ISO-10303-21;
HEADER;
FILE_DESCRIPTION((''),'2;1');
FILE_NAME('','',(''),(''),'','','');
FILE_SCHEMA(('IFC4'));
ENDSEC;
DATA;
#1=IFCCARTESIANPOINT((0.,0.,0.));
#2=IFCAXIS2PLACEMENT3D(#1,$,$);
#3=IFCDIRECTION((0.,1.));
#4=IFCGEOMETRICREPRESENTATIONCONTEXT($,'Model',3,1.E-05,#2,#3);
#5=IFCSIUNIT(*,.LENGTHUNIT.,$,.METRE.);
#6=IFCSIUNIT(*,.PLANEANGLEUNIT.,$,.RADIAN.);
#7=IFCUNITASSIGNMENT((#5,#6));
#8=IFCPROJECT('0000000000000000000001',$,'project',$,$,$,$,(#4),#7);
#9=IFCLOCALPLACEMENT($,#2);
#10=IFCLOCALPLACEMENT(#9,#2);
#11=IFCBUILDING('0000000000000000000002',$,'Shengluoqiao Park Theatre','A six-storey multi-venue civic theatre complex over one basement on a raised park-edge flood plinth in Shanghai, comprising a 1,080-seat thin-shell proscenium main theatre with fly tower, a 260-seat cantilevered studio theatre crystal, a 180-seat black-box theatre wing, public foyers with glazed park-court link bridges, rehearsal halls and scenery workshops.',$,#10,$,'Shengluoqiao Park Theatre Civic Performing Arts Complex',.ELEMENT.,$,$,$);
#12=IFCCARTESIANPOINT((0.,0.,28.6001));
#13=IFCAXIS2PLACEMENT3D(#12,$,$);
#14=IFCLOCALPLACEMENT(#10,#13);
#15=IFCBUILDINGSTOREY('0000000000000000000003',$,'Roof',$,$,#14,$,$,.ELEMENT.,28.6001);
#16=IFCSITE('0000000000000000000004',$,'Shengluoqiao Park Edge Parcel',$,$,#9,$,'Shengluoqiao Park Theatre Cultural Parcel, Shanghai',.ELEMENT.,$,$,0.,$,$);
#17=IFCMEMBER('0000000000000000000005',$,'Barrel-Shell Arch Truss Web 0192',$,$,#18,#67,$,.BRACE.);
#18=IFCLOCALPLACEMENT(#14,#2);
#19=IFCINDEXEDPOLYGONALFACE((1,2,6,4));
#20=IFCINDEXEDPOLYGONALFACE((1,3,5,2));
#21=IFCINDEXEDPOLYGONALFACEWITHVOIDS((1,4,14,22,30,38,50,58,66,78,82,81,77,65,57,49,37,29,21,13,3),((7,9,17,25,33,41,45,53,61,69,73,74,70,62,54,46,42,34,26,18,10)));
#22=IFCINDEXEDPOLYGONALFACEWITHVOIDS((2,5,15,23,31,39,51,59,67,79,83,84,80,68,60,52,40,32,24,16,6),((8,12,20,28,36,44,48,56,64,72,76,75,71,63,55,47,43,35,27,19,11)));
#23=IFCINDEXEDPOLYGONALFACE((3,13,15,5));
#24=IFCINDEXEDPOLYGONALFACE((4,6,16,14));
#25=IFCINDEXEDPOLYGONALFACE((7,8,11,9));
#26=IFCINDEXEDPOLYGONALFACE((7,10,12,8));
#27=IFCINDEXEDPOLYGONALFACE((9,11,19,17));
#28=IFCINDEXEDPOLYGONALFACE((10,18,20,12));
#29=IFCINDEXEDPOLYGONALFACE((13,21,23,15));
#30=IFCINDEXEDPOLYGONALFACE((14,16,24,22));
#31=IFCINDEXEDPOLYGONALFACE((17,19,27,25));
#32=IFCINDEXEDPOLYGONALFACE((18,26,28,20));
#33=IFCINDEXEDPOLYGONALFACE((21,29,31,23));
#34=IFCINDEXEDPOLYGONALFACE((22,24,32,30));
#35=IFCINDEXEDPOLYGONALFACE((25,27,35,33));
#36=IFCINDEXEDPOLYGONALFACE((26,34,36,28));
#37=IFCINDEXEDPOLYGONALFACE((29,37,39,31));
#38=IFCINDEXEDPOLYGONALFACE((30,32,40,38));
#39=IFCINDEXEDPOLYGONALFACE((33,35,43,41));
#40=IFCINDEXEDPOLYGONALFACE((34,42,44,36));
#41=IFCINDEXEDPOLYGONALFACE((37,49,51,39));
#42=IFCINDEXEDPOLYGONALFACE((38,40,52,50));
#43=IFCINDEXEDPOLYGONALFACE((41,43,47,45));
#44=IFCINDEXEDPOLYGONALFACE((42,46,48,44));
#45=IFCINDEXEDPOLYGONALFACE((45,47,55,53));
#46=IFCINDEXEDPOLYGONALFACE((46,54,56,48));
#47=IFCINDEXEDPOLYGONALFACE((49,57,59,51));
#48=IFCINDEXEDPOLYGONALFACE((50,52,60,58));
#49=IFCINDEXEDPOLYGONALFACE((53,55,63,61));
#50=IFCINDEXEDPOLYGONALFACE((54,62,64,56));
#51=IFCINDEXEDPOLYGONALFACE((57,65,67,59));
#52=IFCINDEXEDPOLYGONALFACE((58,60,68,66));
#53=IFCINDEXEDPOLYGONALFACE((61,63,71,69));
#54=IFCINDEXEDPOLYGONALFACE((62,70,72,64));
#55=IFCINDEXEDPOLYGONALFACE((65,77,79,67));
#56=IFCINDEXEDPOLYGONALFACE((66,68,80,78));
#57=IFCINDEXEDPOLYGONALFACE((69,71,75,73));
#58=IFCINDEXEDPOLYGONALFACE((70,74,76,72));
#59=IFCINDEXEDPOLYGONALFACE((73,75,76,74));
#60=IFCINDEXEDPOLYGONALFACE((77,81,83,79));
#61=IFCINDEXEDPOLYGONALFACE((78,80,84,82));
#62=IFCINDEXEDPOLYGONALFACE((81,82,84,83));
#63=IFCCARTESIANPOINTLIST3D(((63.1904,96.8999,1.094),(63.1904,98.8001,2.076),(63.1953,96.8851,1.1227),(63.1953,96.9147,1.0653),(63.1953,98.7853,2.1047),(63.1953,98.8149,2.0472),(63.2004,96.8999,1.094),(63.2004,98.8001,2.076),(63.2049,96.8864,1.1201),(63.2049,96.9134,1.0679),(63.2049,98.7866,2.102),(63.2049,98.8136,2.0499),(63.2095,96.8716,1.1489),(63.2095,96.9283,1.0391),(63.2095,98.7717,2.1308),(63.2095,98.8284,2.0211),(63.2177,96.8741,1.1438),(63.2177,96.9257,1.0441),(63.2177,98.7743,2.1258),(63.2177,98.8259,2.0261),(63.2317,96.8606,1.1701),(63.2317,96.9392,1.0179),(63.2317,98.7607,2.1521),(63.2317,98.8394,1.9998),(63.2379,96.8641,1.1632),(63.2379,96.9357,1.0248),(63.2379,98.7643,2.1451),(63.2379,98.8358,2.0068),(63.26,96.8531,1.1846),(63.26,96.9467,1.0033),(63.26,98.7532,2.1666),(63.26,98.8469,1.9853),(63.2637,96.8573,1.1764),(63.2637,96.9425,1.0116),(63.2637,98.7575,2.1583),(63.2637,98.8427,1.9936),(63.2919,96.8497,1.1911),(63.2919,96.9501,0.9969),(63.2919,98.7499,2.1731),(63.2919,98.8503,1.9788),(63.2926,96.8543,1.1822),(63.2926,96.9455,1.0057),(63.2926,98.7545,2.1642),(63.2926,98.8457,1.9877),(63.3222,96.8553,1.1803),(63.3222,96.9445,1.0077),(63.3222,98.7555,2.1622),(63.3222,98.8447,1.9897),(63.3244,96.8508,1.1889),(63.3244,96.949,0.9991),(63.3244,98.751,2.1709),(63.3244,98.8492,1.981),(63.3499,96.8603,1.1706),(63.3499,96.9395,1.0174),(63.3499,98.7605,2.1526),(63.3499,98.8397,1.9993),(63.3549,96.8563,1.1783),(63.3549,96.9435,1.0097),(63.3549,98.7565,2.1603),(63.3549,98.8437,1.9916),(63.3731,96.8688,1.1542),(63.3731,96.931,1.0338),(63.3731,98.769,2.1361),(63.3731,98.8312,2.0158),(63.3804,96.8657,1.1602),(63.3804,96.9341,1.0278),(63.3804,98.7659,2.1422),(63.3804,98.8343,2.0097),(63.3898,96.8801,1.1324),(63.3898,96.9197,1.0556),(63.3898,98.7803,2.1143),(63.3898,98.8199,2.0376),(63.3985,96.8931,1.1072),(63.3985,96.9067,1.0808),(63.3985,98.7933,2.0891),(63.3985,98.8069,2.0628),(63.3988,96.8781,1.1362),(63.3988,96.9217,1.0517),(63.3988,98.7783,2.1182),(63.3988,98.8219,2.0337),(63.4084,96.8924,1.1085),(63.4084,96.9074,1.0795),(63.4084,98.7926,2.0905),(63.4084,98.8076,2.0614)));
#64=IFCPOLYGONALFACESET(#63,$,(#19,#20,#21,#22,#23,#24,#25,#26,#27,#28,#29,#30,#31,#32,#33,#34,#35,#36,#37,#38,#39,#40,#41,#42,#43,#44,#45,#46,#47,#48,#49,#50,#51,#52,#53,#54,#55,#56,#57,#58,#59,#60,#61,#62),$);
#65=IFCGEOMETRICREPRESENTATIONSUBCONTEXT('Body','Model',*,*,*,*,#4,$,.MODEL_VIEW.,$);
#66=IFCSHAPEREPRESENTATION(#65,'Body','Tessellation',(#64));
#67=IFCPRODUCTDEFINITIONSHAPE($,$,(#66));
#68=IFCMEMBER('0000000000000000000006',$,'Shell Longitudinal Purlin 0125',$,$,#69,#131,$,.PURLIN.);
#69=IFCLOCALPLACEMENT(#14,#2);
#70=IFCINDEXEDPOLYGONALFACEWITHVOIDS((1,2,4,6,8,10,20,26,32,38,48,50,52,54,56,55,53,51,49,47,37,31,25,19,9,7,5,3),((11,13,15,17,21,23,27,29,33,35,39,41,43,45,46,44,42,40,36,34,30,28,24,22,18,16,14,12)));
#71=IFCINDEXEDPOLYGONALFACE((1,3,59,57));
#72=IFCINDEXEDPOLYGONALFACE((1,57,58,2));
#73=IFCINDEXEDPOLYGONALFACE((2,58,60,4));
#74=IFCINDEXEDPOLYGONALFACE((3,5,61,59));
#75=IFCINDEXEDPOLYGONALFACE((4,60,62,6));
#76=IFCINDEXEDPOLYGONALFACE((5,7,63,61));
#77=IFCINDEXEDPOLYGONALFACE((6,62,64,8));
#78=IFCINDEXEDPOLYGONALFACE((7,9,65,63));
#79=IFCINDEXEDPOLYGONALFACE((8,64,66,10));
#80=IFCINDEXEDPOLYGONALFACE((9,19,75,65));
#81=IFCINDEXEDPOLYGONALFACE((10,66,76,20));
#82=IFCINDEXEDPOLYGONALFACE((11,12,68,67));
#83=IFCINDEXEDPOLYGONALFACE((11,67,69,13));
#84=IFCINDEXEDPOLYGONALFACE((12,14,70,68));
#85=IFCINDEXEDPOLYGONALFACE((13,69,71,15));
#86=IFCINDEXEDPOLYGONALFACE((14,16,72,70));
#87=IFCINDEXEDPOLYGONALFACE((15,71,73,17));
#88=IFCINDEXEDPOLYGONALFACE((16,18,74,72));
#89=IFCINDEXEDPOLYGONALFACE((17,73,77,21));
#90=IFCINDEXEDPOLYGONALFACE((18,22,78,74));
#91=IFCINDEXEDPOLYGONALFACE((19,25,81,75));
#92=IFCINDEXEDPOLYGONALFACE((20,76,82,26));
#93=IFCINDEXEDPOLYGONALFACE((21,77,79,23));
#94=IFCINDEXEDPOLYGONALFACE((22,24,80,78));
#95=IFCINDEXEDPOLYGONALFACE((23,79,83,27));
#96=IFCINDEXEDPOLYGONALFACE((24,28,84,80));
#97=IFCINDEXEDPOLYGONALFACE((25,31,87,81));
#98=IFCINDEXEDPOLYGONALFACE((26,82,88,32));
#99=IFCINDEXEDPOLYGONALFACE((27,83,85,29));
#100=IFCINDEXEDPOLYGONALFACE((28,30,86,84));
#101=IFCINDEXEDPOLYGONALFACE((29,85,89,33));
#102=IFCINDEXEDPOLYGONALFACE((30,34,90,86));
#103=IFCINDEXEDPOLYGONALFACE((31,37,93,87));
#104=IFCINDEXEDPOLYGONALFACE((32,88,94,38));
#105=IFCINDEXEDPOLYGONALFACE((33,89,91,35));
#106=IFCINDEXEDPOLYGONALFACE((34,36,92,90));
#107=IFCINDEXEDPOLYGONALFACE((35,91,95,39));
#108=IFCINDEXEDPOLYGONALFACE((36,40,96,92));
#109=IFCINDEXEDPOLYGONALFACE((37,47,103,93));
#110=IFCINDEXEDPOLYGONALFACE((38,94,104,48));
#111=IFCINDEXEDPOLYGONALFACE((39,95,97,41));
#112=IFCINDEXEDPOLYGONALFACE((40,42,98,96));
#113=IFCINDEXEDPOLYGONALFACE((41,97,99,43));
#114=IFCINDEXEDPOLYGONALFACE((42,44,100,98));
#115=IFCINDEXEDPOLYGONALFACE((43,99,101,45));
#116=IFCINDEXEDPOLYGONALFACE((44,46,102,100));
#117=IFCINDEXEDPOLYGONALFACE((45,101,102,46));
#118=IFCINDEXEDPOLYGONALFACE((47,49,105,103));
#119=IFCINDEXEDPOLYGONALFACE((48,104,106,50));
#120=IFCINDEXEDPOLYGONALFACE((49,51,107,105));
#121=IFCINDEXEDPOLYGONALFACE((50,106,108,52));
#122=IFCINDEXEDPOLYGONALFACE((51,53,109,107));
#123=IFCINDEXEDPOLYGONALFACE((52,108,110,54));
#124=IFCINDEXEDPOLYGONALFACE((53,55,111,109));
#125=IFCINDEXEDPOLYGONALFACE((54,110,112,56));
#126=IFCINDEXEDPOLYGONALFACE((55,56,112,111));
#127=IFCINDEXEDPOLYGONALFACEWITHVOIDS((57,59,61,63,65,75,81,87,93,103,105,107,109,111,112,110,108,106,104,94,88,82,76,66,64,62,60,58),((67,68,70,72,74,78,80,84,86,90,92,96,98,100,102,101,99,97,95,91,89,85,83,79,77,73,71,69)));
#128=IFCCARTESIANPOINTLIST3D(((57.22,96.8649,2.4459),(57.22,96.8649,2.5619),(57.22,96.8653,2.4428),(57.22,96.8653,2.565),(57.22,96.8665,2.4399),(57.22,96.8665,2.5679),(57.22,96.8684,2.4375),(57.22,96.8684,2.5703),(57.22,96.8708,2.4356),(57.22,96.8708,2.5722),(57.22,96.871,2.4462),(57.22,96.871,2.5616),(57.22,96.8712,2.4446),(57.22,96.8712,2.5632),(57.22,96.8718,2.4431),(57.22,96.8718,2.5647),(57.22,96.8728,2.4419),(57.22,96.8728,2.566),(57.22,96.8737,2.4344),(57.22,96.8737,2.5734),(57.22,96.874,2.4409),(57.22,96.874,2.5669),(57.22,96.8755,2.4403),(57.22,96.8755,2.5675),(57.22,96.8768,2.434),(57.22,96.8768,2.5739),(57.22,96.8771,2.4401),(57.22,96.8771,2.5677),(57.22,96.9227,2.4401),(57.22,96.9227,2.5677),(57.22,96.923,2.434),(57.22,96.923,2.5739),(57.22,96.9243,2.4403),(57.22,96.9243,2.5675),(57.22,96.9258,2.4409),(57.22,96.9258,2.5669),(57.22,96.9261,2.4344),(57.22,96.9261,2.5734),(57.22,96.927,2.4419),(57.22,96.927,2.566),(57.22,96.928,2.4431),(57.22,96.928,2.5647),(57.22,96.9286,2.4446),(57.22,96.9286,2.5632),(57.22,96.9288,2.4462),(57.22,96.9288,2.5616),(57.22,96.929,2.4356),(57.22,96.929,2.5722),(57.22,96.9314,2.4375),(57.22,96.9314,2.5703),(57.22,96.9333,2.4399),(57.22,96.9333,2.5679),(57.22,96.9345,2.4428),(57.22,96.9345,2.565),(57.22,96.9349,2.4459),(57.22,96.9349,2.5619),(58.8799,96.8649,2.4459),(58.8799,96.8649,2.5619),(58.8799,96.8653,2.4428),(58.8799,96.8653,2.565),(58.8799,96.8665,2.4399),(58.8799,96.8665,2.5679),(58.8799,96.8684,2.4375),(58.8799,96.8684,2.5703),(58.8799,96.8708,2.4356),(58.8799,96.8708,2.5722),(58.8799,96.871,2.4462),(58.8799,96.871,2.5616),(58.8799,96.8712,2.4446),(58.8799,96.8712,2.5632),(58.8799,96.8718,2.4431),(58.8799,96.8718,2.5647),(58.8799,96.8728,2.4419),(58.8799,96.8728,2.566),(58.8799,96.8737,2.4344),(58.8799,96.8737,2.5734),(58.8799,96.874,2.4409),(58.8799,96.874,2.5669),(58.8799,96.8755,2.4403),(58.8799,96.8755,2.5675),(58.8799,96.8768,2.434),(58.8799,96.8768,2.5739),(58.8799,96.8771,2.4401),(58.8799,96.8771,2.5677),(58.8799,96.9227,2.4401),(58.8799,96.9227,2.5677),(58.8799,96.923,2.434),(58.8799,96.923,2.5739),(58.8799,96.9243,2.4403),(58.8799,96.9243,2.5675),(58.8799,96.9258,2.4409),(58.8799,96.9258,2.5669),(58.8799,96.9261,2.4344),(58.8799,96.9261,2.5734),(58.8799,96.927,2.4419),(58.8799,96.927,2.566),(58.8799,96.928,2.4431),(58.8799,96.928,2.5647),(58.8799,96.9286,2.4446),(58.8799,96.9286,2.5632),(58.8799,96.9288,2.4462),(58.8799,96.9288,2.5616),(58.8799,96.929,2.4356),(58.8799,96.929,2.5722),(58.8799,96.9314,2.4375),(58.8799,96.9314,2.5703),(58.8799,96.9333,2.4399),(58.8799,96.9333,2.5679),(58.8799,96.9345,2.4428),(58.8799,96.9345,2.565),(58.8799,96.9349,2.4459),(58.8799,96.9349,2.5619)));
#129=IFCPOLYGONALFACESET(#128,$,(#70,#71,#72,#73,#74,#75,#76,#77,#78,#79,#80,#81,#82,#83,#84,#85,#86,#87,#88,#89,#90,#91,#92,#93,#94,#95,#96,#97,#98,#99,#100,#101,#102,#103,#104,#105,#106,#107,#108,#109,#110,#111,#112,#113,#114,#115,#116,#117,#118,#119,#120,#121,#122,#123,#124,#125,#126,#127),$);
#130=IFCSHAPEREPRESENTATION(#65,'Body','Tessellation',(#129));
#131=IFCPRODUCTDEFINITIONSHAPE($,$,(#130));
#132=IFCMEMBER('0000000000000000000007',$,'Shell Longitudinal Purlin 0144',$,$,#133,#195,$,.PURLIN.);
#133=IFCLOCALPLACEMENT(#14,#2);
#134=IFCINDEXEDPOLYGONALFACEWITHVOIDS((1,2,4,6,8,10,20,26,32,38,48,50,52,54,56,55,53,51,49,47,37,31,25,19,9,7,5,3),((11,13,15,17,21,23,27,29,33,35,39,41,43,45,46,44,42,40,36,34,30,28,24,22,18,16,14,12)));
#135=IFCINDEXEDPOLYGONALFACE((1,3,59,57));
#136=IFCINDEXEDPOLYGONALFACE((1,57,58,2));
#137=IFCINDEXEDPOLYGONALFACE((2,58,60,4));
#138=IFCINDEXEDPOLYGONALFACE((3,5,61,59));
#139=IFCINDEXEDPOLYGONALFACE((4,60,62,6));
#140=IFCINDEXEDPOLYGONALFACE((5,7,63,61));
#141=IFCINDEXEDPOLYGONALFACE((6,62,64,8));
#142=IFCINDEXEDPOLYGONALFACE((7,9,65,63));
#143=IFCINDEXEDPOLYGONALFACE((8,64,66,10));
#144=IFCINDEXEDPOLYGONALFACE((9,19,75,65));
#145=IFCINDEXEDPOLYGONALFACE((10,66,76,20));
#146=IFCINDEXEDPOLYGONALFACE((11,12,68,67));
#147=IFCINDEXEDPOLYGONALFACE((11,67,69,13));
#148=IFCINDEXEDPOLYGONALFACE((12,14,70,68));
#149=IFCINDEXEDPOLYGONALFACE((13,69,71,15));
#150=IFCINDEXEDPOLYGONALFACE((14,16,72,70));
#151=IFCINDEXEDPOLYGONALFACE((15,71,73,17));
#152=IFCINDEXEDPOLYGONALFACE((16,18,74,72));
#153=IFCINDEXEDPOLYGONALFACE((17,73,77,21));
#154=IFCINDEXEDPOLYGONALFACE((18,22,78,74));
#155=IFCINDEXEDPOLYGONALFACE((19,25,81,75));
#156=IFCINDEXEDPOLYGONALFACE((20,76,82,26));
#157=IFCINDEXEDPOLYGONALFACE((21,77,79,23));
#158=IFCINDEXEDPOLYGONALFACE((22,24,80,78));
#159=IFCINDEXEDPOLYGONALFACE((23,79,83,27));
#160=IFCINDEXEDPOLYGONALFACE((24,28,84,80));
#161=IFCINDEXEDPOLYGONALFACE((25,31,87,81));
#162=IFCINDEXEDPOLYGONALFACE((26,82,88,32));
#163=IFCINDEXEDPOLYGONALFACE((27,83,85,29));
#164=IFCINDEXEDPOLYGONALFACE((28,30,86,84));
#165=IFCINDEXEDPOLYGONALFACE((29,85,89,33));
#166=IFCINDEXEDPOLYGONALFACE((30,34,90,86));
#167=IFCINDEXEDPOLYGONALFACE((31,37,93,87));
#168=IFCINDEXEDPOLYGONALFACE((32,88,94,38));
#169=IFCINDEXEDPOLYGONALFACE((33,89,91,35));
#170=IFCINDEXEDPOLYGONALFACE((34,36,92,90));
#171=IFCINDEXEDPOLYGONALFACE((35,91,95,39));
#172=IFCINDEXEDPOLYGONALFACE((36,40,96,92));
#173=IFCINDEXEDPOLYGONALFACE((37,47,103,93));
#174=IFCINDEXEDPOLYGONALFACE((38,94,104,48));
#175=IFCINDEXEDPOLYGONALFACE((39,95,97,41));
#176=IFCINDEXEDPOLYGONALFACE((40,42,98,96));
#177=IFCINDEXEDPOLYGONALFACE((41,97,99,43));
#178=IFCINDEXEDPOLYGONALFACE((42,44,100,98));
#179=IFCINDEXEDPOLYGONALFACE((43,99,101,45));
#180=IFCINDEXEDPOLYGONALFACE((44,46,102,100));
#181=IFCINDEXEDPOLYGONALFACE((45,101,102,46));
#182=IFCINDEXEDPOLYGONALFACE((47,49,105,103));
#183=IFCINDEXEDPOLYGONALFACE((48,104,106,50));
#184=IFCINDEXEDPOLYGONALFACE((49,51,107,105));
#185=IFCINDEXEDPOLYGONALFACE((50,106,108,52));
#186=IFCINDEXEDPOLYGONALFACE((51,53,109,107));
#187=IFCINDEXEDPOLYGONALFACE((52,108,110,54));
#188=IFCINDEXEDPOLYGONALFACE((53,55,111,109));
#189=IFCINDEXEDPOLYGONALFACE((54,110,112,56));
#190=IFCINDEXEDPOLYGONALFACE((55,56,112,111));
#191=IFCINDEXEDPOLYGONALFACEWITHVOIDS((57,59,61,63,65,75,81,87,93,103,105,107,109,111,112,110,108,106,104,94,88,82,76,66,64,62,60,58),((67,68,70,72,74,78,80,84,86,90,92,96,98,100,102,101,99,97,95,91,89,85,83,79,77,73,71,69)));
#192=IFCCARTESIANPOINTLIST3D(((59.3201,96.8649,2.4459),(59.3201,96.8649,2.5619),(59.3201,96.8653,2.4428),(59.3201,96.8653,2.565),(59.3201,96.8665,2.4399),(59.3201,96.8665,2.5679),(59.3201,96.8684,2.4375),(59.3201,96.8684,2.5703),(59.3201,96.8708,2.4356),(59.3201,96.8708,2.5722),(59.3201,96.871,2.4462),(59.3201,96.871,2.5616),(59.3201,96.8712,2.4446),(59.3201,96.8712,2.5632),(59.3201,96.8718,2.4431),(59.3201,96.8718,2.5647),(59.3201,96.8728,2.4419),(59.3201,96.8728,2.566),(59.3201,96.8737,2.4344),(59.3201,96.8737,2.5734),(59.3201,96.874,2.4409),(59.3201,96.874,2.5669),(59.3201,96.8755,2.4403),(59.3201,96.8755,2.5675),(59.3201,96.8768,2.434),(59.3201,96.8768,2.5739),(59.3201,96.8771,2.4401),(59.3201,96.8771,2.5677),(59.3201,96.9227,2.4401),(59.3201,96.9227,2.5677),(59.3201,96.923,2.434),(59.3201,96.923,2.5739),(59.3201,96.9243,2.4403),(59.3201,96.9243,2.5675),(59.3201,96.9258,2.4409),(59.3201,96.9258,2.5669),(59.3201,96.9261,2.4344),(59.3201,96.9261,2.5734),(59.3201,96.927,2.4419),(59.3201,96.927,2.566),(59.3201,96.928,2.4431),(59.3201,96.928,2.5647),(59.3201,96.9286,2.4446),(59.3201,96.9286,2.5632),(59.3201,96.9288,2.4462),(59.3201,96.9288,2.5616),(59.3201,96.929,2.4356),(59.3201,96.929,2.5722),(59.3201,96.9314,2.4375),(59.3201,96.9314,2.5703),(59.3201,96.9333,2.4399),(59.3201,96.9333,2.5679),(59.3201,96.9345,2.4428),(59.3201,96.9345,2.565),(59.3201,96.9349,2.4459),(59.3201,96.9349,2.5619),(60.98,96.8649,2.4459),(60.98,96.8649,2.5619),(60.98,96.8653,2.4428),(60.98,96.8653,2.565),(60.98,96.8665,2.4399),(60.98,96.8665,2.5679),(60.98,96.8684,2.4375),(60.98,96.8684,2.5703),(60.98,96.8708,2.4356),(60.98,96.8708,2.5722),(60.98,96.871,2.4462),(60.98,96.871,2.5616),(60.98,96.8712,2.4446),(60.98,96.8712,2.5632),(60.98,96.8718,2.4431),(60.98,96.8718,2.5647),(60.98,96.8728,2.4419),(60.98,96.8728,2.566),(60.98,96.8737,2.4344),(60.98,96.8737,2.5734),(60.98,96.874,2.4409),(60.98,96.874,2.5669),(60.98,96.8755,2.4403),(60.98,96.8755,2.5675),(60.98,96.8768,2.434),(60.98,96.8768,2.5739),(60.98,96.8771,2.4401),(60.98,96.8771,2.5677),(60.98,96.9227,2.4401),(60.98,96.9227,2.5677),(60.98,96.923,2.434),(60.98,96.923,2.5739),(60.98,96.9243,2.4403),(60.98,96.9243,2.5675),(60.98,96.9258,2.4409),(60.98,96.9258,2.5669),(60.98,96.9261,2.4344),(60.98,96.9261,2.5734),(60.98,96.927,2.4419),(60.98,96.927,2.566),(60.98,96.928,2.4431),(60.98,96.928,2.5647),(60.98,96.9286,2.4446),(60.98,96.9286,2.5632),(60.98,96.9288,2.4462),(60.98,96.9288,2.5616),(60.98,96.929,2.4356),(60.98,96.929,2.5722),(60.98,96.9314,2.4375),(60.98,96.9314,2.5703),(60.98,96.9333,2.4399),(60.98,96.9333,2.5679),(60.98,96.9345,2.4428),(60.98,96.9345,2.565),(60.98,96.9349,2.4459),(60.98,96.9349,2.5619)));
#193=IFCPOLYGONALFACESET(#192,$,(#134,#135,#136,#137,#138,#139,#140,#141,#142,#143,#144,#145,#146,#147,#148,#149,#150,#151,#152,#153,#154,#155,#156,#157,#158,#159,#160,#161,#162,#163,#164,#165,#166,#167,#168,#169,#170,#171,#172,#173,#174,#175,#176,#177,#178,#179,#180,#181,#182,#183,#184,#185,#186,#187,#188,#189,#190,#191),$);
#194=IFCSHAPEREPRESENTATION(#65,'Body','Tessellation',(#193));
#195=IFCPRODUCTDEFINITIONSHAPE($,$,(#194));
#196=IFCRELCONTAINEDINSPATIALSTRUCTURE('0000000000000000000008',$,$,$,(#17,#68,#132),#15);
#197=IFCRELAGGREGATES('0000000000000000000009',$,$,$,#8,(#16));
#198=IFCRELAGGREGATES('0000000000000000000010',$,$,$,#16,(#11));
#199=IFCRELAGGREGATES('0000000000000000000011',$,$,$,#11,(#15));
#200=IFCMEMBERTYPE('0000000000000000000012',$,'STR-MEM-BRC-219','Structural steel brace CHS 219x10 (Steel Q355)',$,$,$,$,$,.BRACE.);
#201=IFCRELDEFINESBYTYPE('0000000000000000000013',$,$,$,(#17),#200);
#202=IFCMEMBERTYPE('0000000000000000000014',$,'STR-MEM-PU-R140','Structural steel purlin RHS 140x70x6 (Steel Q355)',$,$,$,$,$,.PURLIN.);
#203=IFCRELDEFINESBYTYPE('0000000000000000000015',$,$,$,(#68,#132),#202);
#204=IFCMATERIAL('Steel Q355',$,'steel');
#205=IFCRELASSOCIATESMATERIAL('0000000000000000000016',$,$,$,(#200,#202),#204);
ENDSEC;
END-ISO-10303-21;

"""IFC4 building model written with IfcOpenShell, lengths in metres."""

from ifc_helpers import new_model, si_unit, direction, frame, origin, origin_2d, place, context, subcontext, project, spatial, hollow_rectangle, hollow_circle, extrude, material, material_profile, profile_set, type_object, element, save


model = new_model("IFC4")

# Units and contexts
model_context = context("Model", 3, precision=1e-05, world=origin(), true_north=direction((0.0, 1.0)))
body_context = subcontext(model_context, "Body", "Model", "MODEL_VIEW")
ifc_project = project(units=[si_unit("LENGTHUNIT", "METRE"), si_unit("PLANEANGLEUNIT", "RADIAN")], contexts=[model_context])

# Site, building, storey
site_placement = place(None, origin())
site = spatial("IfcSite", under=ifc_project, at=site_placement, Name="Shengluoqiao Park Edge Parcel", LongName="Shengluoqiao Park Theatre Cultural Parcel, Shanghai", CompositionType="ELEMENT", RefElevation=0.0)
building_placement = place(site_placement, origin())
building = spatial("IfcBuilding", under=site, at=building_placement, Name="Shengluoqiao Park Theatre", Description="A six-storey multi-venue civic theatre complex over one basement on a raised park-edge flood plinth in Shanghai, comprising a 1,080-seat thin-shell proscenium main theatre with fly tower, a 260-seat cantilevered studio theatre crystal, a 180-seat black-box theatre wing, public foyers with glazed park-court link bridges, rehearsal halls and scenery workshops.", LongName="Shengluoqiao Park Theatre Civic Performing Arts Complex", CompositionType="ELEMENT")
storey_placement = place(building_placement, frame((0.0, 0.0, 28.6001)))
storey = spatial("IfcBuildingStorey", under=building, at=storey_placement, Name="Roof", CompositionType="ELEMENT", Elevation=28.6001)

# Shared definitions
ifc_material_1 = material(Name="Steel Q355", Category="steel")

# Members
ifc_material_profile_1 = material_profile(ifc_material_1, hollow_circle(Radius=0.1096, WallThickness=0.01, at=origin_2d()), Name="CHS 219x10")
ifc_profile_set_1 = profile_set([ifc_material_profile_1], Name="Steel Q355")
member_type_1 = type_object("IfcMemberType", Name="STR-MEM-BRC-219", Description="Structural steel brace CHS 219x10 (Steel Q355)", PredefinedType="BRACE", material=ifc_profile_set_1)
for number, where, z_axis, x_axis, name in (
    (1, (63.3, 96.8999, 1.094), (0.0, 0.888389, 0.459091), (-1.0, 0.0, 0.0), "Barrel-Shell Arch Truss Web 0192"),
):
    element("IfcMember", number, at=place(storey_placement, frame(where, z_axis=z_axis, x_axis=x_axis)), inside=storey, type_object=member_type_1, Name=name, PredefinedType="BRACE", context=body_context, shape_type="SweptSolid", body=[
        extrude(hollow_circle(Radius=0.1096, WallThickness=0.01, at=origin_2d()), origin(), (0.0, 0.0, 1.0), 2.1389),
    ])
ifc_material_profile_2 = material_profile(ifc_material_1, hollow_rectangle(XDim=0.0701, YDim=0.1399, WallThickness=0.0061, InnerFilletRadius=0.0061, OuterFilletRadius=0.012, at=origin_2d()), Name="RHS 140x70x6")
ifc_profile_set_2 = profile_set([ifc_material_profile_2], Name="Steel Q355")
member_type_2 = type_object("IfcMemberType", Name="STR-MEM-PU-R140", Description="Structural steel purlin RHS 140x70x6 (Steel Q355)", PredefinedType="PURLIN", material=ifc_profile_set_2)
for number, where, z_axis, x_axis, name in (
    (2, (57.22, 96.8999, 2.5039), (1.0, 0.0, 0.0), (0.0, 1.0, 0.0), "Shell Longitudinal Purlin 0125"),
    (3, (59.3201, 96.8999, 2.5039), (1.0, 0.0, 0.0), (0.0, 1.0, 0.0), "Shell Longitudinal Purlin 0144"),
):
    element("IfcMember", number, at=place(storey_placement, frame(where, z_axis=z_axis, x_axis=x_axis)), inside=storey, type_object=member_type_2, Name=name, PredefinedType="PURLIN", context=body_context, shape_type="SweptSolid", body=[
        extrude(hollow_rectangle(XDim=0.0701, YDim=0.1399, WallThickness=0.0061, InnerFilletRadius=0.0061, OuterFilletRadius=0.012, at=origin_2d()), origin(), (0.0, 0.0, 1.0), 1.6599),
    ])

save(model, "model.ifc")
